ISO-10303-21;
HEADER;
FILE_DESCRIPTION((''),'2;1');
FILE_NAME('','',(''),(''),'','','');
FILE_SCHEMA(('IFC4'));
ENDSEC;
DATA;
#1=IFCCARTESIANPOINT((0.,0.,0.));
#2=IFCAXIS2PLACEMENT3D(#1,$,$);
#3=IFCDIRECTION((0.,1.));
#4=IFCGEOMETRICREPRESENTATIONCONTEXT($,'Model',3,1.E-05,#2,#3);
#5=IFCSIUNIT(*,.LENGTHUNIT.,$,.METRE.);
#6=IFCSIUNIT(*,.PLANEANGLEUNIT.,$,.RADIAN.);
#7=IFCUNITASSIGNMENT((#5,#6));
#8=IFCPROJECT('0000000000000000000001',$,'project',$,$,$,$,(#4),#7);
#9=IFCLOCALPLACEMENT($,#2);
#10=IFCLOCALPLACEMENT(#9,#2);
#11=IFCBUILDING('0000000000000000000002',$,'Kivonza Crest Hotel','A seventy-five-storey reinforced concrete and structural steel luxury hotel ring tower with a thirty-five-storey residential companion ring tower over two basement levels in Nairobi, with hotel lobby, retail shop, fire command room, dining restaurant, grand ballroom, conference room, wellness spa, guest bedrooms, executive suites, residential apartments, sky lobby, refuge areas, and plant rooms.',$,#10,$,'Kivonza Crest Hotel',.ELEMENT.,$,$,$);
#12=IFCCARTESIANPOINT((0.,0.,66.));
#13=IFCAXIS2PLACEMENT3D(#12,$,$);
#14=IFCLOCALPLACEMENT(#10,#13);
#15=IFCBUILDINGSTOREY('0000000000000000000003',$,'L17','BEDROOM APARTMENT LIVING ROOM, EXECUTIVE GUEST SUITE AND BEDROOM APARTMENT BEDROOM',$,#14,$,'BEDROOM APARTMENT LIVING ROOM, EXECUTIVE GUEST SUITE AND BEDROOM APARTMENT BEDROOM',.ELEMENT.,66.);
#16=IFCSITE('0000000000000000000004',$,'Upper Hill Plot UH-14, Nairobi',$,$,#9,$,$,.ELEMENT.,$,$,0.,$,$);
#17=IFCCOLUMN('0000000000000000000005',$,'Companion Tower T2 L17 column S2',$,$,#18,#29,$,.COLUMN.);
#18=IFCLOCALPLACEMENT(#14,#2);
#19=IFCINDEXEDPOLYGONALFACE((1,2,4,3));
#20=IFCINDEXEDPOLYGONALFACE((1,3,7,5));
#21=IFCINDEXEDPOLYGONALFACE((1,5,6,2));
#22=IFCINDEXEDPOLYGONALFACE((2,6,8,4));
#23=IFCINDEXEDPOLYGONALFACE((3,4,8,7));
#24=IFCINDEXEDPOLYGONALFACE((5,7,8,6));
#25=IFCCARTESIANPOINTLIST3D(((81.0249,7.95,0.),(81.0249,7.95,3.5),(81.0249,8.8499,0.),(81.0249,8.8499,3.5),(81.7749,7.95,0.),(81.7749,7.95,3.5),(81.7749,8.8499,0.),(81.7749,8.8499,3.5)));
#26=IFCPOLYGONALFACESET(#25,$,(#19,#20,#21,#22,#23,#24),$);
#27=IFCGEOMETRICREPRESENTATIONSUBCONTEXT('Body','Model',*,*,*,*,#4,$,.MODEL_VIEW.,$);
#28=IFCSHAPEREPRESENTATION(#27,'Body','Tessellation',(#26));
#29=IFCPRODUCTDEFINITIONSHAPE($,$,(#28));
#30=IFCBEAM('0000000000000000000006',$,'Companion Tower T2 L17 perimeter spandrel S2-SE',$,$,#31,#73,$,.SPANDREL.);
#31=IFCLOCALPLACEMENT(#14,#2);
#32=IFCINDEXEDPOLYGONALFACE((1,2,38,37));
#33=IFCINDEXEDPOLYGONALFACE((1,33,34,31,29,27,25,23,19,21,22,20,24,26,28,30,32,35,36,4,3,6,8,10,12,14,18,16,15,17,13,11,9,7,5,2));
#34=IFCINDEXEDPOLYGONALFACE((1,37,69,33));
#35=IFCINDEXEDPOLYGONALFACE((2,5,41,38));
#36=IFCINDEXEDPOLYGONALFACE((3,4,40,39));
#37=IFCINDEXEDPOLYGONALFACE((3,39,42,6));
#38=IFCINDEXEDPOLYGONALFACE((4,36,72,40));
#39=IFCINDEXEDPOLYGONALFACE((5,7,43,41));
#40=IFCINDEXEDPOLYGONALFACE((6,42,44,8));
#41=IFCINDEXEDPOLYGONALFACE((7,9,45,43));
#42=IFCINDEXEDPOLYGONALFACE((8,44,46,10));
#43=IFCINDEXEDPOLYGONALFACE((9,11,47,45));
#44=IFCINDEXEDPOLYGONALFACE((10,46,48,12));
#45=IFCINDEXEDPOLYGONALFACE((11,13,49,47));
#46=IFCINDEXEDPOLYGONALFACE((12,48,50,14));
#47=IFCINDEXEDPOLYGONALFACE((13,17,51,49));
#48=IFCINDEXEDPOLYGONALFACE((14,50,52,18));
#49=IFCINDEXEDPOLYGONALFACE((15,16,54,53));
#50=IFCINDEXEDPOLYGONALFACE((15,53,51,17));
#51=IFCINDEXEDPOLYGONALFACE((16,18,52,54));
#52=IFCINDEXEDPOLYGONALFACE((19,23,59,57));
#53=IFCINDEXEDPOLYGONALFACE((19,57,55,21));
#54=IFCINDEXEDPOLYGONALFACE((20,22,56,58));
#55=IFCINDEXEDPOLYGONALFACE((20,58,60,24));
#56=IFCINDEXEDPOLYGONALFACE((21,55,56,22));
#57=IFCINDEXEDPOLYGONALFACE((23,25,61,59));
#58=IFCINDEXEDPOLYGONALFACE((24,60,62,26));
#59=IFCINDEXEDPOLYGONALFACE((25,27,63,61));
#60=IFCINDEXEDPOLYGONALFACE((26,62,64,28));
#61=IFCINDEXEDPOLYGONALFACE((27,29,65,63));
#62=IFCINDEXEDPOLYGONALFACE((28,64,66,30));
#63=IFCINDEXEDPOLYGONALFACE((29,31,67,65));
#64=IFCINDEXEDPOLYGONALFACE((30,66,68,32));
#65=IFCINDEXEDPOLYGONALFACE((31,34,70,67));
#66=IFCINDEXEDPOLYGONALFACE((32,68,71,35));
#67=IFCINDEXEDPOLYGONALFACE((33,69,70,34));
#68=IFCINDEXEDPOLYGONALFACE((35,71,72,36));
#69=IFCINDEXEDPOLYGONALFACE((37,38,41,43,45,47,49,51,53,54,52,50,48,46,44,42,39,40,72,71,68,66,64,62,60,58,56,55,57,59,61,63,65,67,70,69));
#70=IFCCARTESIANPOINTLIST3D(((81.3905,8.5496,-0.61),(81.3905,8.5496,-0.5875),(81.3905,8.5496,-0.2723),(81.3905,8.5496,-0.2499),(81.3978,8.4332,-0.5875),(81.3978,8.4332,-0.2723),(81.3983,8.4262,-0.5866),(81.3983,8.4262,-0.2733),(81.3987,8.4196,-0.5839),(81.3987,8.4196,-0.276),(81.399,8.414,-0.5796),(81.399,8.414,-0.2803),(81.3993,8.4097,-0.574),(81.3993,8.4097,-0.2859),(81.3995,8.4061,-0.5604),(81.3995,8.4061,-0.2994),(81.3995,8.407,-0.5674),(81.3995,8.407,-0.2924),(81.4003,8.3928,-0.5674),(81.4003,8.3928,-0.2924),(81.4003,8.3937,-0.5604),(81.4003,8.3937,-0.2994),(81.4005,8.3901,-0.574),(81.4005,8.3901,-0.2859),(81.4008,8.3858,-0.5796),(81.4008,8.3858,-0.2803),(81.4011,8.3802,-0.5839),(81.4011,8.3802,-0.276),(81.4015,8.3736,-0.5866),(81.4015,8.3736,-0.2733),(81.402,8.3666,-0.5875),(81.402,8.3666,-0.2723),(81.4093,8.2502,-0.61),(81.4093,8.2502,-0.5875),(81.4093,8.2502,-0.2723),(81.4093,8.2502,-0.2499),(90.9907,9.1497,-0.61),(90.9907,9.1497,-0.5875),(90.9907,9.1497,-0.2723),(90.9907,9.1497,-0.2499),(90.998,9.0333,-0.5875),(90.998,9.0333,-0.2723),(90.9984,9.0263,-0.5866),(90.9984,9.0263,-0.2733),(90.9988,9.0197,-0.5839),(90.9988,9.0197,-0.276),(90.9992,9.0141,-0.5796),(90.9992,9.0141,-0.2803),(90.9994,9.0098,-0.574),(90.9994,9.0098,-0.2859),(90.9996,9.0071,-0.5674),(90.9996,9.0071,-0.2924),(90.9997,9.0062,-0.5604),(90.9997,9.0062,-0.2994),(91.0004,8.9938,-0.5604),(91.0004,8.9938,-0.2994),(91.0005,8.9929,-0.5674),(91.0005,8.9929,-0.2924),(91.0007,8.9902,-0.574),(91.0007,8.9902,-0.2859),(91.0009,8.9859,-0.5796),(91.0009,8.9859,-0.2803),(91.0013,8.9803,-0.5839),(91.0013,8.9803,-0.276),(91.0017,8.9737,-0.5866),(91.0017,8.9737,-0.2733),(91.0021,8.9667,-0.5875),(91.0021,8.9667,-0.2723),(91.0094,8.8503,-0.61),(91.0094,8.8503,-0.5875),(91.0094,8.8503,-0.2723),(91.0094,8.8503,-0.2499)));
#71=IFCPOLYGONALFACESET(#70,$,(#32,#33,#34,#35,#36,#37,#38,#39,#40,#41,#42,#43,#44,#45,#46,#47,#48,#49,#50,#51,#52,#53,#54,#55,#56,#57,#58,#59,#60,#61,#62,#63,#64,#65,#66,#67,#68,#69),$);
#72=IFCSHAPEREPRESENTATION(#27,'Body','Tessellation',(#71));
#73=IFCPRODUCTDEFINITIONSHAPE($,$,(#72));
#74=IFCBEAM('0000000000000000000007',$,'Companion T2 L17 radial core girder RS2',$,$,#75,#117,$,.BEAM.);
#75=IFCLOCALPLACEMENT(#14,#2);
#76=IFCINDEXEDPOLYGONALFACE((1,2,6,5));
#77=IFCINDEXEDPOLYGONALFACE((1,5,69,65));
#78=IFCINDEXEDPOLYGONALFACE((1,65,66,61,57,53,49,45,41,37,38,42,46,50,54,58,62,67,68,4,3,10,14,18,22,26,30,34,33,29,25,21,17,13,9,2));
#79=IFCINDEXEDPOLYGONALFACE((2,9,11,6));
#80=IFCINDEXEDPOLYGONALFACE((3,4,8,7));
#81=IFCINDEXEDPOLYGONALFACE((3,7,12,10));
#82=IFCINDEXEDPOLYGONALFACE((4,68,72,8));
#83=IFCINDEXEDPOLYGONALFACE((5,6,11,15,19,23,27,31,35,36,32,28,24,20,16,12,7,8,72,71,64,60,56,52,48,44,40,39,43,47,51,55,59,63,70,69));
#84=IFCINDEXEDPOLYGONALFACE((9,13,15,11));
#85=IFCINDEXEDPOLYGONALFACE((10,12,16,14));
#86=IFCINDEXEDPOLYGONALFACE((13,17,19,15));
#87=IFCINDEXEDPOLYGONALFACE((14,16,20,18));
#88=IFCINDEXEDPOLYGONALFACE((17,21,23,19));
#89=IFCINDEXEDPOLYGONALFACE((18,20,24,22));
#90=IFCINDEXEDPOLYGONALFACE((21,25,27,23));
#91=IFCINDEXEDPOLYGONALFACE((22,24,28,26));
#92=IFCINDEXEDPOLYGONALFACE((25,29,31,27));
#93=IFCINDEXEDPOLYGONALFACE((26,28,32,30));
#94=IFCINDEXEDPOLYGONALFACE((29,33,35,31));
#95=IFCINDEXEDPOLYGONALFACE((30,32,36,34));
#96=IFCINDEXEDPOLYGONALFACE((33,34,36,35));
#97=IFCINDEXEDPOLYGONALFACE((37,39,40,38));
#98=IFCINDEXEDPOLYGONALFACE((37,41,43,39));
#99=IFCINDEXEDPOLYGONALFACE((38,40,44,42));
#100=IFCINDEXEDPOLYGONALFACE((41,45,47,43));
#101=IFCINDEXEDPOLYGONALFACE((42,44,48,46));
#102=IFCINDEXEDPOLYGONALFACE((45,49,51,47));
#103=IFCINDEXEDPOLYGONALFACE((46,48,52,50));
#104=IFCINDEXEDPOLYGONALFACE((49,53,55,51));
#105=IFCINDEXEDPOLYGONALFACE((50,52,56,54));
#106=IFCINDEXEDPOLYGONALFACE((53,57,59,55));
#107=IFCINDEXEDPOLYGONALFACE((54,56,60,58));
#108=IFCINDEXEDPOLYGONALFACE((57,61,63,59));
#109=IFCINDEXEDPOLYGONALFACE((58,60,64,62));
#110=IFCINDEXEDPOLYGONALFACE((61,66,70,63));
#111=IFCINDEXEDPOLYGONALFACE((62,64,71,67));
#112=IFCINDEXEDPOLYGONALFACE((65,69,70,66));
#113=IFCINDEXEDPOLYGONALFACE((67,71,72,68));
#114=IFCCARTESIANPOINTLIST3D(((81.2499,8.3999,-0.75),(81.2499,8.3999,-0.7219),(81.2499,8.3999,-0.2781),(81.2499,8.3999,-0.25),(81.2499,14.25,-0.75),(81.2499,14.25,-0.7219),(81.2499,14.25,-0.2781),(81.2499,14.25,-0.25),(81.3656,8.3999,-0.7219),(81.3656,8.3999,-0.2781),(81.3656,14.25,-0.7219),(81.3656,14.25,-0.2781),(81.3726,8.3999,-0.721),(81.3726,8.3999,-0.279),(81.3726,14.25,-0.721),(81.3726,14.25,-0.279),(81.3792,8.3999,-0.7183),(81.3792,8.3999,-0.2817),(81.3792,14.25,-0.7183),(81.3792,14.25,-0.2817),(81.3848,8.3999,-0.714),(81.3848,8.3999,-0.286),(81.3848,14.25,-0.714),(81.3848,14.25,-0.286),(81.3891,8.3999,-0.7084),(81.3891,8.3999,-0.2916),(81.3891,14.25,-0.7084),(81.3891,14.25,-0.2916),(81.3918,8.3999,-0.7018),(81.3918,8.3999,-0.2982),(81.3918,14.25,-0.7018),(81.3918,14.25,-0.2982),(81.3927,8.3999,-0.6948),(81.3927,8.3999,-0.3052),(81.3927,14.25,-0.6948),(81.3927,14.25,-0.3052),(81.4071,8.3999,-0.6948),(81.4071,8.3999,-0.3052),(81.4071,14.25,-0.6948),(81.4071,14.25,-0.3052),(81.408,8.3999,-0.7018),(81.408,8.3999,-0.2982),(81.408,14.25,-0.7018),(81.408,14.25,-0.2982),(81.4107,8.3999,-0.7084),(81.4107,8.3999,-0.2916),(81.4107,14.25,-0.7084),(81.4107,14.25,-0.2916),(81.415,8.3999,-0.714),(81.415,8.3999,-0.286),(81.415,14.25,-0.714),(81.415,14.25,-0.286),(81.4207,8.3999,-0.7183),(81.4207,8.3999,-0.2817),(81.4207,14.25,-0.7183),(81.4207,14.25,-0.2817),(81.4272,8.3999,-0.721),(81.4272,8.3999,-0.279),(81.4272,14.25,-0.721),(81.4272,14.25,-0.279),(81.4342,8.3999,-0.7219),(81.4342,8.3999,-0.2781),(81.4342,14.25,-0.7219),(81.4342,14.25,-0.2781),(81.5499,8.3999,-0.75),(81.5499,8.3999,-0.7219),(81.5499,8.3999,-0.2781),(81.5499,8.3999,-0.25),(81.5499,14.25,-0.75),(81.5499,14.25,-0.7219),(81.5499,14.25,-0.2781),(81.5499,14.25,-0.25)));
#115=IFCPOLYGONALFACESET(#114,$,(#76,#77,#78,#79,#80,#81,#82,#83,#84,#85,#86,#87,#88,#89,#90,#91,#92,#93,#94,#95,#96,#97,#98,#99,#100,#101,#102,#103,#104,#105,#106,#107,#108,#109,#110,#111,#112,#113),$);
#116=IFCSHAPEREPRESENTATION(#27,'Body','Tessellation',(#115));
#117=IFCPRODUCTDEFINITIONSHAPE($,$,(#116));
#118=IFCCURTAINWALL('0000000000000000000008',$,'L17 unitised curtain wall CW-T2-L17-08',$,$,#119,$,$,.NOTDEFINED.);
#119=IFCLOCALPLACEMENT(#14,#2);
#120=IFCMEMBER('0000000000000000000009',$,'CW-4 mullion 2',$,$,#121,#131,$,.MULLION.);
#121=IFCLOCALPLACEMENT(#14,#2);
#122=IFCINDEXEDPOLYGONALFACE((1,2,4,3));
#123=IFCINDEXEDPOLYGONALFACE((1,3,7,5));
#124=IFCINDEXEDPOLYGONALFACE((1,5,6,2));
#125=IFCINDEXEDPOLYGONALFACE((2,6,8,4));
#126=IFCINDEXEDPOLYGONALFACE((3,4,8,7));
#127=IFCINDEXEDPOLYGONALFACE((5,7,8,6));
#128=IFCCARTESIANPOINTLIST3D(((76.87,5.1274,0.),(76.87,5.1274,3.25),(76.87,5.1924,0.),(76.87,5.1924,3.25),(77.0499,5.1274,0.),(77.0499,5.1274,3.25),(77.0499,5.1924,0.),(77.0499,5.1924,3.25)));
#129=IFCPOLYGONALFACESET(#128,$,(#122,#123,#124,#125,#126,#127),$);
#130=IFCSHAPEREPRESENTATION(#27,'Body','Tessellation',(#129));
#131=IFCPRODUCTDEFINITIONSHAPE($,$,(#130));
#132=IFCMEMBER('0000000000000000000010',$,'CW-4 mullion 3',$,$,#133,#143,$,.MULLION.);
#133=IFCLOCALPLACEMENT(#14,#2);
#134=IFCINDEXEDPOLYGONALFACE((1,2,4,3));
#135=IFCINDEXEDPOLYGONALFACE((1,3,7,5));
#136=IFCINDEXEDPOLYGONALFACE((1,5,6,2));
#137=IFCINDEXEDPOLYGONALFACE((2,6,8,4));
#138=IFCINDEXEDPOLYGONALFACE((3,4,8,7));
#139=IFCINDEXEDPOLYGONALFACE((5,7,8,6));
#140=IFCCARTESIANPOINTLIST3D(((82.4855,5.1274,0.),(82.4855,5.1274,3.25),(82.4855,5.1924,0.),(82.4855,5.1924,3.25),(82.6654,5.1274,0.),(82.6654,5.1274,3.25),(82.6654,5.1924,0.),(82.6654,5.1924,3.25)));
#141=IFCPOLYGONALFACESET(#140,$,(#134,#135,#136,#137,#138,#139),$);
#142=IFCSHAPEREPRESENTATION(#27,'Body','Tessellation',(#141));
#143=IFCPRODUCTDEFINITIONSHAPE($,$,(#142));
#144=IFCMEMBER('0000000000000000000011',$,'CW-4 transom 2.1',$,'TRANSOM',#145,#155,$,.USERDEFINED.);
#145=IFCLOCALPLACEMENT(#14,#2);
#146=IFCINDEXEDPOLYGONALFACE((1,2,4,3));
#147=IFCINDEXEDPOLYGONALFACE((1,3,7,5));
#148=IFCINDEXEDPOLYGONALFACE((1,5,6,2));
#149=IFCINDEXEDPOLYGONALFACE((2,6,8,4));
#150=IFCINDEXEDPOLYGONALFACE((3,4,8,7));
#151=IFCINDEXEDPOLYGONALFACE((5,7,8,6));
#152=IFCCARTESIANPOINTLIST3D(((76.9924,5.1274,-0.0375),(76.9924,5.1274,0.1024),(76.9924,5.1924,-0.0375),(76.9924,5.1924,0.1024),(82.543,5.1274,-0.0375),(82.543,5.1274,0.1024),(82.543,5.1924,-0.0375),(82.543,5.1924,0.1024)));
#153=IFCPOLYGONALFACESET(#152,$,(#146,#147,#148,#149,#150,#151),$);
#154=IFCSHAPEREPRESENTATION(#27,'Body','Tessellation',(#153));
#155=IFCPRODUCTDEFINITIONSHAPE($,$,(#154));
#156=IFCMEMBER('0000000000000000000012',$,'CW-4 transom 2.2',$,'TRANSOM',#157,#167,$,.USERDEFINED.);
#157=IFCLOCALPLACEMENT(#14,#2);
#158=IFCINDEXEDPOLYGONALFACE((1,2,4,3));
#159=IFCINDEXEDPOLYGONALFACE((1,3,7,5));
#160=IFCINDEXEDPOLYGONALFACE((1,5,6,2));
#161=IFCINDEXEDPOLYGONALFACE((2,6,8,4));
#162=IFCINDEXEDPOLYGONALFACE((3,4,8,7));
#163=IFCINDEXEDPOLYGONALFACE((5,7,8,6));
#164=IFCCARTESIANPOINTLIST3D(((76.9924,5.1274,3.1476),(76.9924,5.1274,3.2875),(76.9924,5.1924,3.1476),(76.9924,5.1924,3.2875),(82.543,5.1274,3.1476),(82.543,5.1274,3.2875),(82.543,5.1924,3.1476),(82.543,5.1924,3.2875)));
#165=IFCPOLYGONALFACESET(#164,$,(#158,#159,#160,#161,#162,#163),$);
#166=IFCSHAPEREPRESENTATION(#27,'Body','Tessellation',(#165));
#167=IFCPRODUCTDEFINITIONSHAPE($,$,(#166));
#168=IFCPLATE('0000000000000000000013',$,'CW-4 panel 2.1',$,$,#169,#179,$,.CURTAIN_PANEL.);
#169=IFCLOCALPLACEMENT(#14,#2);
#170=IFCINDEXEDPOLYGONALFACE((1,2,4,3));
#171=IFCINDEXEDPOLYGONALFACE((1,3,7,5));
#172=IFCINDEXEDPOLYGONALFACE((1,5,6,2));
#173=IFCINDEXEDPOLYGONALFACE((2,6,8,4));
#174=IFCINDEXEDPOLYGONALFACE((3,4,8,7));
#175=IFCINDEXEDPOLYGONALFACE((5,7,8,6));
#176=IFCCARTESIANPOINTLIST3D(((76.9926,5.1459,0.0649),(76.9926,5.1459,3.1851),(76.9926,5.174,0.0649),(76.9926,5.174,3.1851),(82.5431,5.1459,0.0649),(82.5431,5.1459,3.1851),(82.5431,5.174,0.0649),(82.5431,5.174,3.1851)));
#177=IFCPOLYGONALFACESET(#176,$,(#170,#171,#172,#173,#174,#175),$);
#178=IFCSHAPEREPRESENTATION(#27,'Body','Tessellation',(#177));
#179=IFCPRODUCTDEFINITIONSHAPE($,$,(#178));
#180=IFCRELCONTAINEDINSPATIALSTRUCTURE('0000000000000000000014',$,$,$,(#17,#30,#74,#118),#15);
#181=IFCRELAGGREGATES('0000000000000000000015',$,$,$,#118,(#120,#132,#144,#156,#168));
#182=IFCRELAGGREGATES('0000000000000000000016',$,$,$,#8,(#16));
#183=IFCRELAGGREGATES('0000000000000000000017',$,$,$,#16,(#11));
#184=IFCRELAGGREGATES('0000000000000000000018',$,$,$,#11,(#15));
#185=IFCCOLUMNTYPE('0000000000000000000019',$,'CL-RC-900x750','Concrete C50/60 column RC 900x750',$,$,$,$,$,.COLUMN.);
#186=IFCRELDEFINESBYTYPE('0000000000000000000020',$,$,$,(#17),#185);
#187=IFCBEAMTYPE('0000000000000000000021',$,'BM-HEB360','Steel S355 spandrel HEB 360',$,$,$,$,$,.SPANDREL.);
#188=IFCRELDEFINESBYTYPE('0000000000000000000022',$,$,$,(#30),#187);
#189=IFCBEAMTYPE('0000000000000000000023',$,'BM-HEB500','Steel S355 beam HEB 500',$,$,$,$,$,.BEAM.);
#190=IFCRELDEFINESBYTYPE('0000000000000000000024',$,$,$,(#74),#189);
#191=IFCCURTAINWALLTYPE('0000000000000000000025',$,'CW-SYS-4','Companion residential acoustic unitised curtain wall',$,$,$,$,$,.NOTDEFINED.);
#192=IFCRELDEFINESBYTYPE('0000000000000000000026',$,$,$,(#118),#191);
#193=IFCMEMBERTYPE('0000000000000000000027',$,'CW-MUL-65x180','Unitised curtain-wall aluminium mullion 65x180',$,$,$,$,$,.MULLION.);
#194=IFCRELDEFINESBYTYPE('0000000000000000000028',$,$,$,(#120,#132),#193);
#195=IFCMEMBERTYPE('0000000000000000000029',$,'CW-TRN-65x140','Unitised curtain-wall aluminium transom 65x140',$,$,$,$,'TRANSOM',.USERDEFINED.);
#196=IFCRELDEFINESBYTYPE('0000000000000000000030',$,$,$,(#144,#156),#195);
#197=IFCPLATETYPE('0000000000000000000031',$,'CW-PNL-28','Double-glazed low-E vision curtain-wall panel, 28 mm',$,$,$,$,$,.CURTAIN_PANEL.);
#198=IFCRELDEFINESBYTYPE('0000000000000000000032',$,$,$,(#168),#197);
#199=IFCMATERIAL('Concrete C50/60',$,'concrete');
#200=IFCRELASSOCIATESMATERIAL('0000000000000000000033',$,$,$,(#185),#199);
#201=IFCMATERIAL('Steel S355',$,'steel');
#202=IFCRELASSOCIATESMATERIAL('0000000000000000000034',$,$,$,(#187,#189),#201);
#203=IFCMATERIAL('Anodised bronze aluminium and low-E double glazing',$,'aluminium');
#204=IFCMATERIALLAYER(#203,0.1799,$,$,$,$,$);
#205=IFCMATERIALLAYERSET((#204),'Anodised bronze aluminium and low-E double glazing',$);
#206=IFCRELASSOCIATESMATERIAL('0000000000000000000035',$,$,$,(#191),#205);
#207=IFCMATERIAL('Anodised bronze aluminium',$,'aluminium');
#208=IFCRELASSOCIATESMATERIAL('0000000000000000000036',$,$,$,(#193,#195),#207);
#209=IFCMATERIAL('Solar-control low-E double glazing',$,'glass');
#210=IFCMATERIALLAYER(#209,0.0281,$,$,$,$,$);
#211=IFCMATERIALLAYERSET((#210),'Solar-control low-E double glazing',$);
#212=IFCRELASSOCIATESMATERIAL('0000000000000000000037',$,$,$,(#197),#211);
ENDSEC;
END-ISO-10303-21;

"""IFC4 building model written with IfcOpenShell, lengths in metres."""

from ifc_helpers import new_model, si_unit, direction, frame, origin, origin_2d, place, context, subcontext, project, spatial, rectangle, i_section, extrude, material, layer, layer_set, material_profile, profile_set, type_object, element, aggregate, save


model = new_model("IFC4")

# Units and contexts
model_context = context("Model", 3, precision=1e-05, world=origin(), true_north=direction((0.0, 1.0)))
body_context = subcontext(model_context, "Body", "Model", "MODEL_VIEW")
ifc_project = project(units=[si_unit("LENGTHUNIT", "METRE"), si_unit("PLANEANGLEUNIT", "RADIAN")], contexts=[model_context])

# Site, building, storey
site_placement = place(None, origin())
site = spatial("IfcSite", under=ifc_project, at=site_placement, Name="Upper Hill Plot UH-14, Nairobi", CompositionType="ELEMENT", RefElevation=0.0)
building_placement = place(site_placement, origin())
building = spatial("IfcBuilding", under=site, at=building_placement, Name="Kivonza Crest Hotel", Description="A seventy-five-storey reinforced concrete and structural steel luxury hotel ring tower with a thirty-five-storey residential companion ring tower over two basement levels in Nairobi, with hotel lobby, retail shop, fire command room, dining restaurant, grand ballroom, conference room, wellness spa, guest bedrooms, executive suites, residential apartments, sky lobby, refuge areas, and plant rooms.", LongName="Kivonza Crest Hotel", CompositionType="ELEMENT")
storey_placement = place(building_placement, frame((0.0, 0.0, 66.0)))
storey = spatial("IfcBuildingStorey", under=building, at=storey_placement, Name="L17", Description="BEDROOM APARTMENT LIVING ROOM, EXECUTIVE GUEST SUITE AND BEDROOM APARTMENT BEDROOM", LongName="BEDROOM APARTMENT LIVING ROOM, EXECUTIVE GUEST SUITE AND BEDROOM APARTMENT BEDROOM", CompositionType="ELEMENT", Elevation=66.0)

# Column
ifc_material_1 = material(Name="Concrete C50/60", Category="concrete")
ifc_material_profile_1 = material_profile(ifc_material_1, rectangle(XDim=0.75, YDim=0.8999, at=origin_2d()), Name="RC 900x750")
ifc_profile_set_1 = profile_set([ifc_material_profile_1], Name="Concrete C50/60")
column_type = type_object("IfcColumnType", Name="CL-RC-900x750", Description="Concrete C50/60 column RC 900x750", PredefinedType="COLUMN", material=ifc_profile_set_1)
column_placement = place(storey_placement, frame((81.3999, 8.3999, 0.0), z_axis=(0.0, 0.0, 1.0), x_axis=(1.0, 0.0, 0.0)))
element("IfcColumn", 1, at=column_placement, inside=storey, type_object=column_type, Name="Companion Tower T2 L17 column S2", PredefinedType="COLUMN", context=body_context, shape_type="SweptSolid", body=[
    extrude(rectangle(XDim=0.75, YDim=0.8999, at=origin_2d()), origin(), (0.0, 0.0, 1.0), 3.5),
])

# Beams
ifc_material_2 = material(Name="Steel S355", Category="steel")
ifc_material_profile_2 = material_profile(ifc_material_2, i_section(OverallWidth=0.3, OverallDepth=0.3601, WebThickness=0.0125, FlangeThickness=0.0225, FilletRadius=0.0271, at=origin_2d()), Name="HEB 360")
ifc_profile_set_2 = profile_set([ifc_material_profile_2], Name="Steel S355")
beam_type_1 = type_object("IfcBeamType", Name="BM-HEB360", Description="Steel S355 spandrel HEB 360", PredefinedType="SPANDREL", material=ifc_profile_set_2)
beam_1_placement = place(storey_placement, frame((81.3999, 8.3999, -0.4299), z_axis=(0.998052, 0.062388, 0.0), x_axis=(-0.062388, 0.998052, 0.0)))
element("IfcBeam", 2, at=beam_1_placement, inside=storey, type_object=beam_type_1, Name="Companion Tower T2 L17 perimeter spandrel S2-SE", PredefinedType="SPANDREL", context=body_context, shape_type="SweptSolid", body=[
    extrude(i_section(OverallWidth=0.3, OverallDepth=0.3601, WebThickness=0.0125, FlangeThickness=0.0225, FilletRadius=0.0271, at=origin_2d()), origin(), (0.0, 0.0, 1.0), 9.6189),
])
ifc_material_profile_3 = material_profile(ifc_material_2, i_section(OverallWidth=0.3, OverallDepth=0.5, WebThickness=0.0144, FlangeThickness=0.0281, FilletRadius=0.0271, at=origin_2d()), Name="HEB 500")
ifc_profile_set_3 = profile_set([ifc_material_profile_3], Name="Steel S355")
beam_type_2 = type_object("IfcBeamType", Name="BM-HEB500", Description="Steel S355 beam HEB 500", PredefinedType="BEAM", material=ifc_profile_set_3)
beam_2_placement = place(storey_placement, frame((81.3999, 8.3999, -0.5), z_axis=(0.0, 1.0, 0.0), x_axis=(-1.0, 0.0, 0.0)))
element("IfcBeam", 3, at=beam_2_placement, inside=storey, type_object=beam_type_2, Name="Companion T2 L17 radial core girder RS2", PredefinedType="BEAM", context=body_context, shape_type="SweptSolid", body=[
    extrude(i_section(OverallWidth=0.3, OverallDepth=0.5, WebThickness=0.0144, FlangeThickness=0.0281, FilletRadius=0.0271, at=origin_2d()), origin(), (0.0, 0.0, 1.0), 5.8501),
])

# Curtain wall, members, plate
ifc_material_3 = material(Name="Anodised bronze aluminium and low-E double glazing", Category="aluminium")
ifc_layer_1 = layer(ifc_material_3, 0.1799)
ifc_layer_set_1 = layer_set([ifc_layer_1], Name="Anodised bronze aluminium and low-E double glazing")
curtain_wall_type = type_object("IfcCurtainWallType", Name="CW-SYS-4", Description="Companion residential acoustic unitised curtain wall", PredefinedType="NOTDEFINED", material=ifc_layer_set_1)
curtain_wall_placement = place(storey_placement, origin())
curtain_wall = element("IfcCurtainWall", 4, at=curtain_wall_placement, inside=storey, type_object=curtain_wall_type, Name="L17 unitised curtain wall CW-T2-L17-08", PredefinedType="NOTDEFINED")
ifc_material_4 = material(Name="Anodised bronze aluminium", Category="aluminium")
ifc_material_profile_4 = material_profile(ifc_material_4, rectangle(XDim=0.0649, YDim=0.1799, at=origin_2d()), Name="CW-M 65x180")
ifc_profile_set_4 = profile_set([ifc_material_profile_4], Name="Anodised bronze aluminium")
member_type_1 = type_object("IfcMemberType", Name="CW-MUL-65x180", Description="Unitised curtain-wall aluminium mullion 65x180", PredefinedType="MULLION", material=ifc_profile_set_4)
member_1_placement = place(storey_placement, frame((76.96, 5.1599, 0.0), z_axis=(0.0, 0.0, 1.0), x_axis=(0.0, 1.0, 0.0)))
member_1 = element("IfcMember", 5, at=member_1_placement, type_object=member_type_1, Name="CW-4 mullion 2", PredefinedType="MULLION", context=body_context, shape_type="SweptSolid", body=[
    extrude(rectangle(XDim=0.0649, YDim=0.1799, at=origin_2d()), origin(), (0.0, 0.0, 1.0), 3.25),
])
member_2_placement = place(storey_placement, frame((82.5754, 5.1599, 0.0), z_axis=(0.0, 0.0, 1.0), x_axis=(0.0, 1.0, 0.0)))
member_2 = element("IfcMember", 6, at=member_2_placement, type_object=member_type_1, Name="CW-4 mullion 3", PredefinedType="MULLION", context=body_context, shape_type="SweptSolid", body=[
    extrude(rectangle(XDim=0.0649, YDim=0.1799, at=origin_2d()), origin(), (0.0, 0.0, 1.0), 3.25),
])
ifc_material_profile_5 = material_profile(ifc_material_4, rectangle(XDim=0.0649, YDim=0.1399, at=origin_2d()), Name="CW-T 65x140")
ifc_profile_set_5 = profile_set([ifc_material_profile_5], Name="Anodised bronze aluminium")
member_type_2 = type_object("IfcMemberType", Name="CW-TRN-65x140", Description="Unitised curtain-wall aluminium transom 65x140", ElementType="TRANSOM", PredefinedType="USERDEFINED", material=ifc_profile_set_5)
member_3_placement = place(storey_placement, frame((76.9924, 5.1599, 0.0325), z_axis=(1.0, 0.0, 0.0), x_axis=(0.0, 1.0, 0.0)))
member_3 = element("IfcMember", 7, at=member_3_placement, type_object=member_type_2, Name="CW-4 transom 2.1", ObjectType="TRANSOM", PredefinedType="USERDEFINED", context=body_context, shape_type="SweptSolid", body=[
    extrude(rectangle(XDim=0.0649, YDim=0.1399, at=origin_2d()), origin(), (0.0, 0.0, 1.0), 5.5505),
])
member_4_placement = place(storey_placement, frame((76.9924, 5.1599, 3.2175), z_axis=(1.0, 0.0, 0.0), x_axis=(0.0, 1.0, 0.0)))
member_4 = element("IfcMember", 8, at=member_4_placement, type_object=member_type_2, Name="CW-4 transom 2.2", ObjectType="TRANSOM", PredefinedType="USERDEFINED", context=body_context, shape_type="SweptSolid", body=[
    extrude(rectangle(XDim=0.0649, YDim=0.1399, at=origin_2d()), origin(), (0.0, 0.0, 1.0), 5.5505),
])
ifc_material_5 = material(Name="Solar-control low-E double glazing", Category="glass")
ifc_layer_2 = layer(ifc_material_5, 0.0281)
ifc_layer_set_2 = layer_set([ifc_layer_2], Name="Solar-control low-E double glazing")
plate_type = type_object("IfcPlateType", Name="CW-PNL-28", Description="Double-glazed low-E vision curtain-wall panel, 28 mm", PredefinedType="CURTAIN_PANEL", material=ifc_layer_set_2)
plate_placement = place(storey_placement, frame((79.7678, 5.1599, 0.0649), z_axis=(0.0, 0.0, 1.0), x_axis=(1.0, 0.0, 0.0)))
plate = element("IfcPlate", 9, at=plate_placement, type_object=plate_type, Name="CW-4 panel 2.1", PredefinedType="CURTAIN_PANEL", context=body_context, shape_type="SweptSolid", body=[
    extrude(rectangle(XDim=5.5505, YDim=0.0281, at=origin_2d()), origin(), (0.0, 0.0, 1.0), 3.1201),
])
aggregate(curtain_wall, [member_1, member_2, member_3, member_4, plate])

save(model, "model.ifc")
